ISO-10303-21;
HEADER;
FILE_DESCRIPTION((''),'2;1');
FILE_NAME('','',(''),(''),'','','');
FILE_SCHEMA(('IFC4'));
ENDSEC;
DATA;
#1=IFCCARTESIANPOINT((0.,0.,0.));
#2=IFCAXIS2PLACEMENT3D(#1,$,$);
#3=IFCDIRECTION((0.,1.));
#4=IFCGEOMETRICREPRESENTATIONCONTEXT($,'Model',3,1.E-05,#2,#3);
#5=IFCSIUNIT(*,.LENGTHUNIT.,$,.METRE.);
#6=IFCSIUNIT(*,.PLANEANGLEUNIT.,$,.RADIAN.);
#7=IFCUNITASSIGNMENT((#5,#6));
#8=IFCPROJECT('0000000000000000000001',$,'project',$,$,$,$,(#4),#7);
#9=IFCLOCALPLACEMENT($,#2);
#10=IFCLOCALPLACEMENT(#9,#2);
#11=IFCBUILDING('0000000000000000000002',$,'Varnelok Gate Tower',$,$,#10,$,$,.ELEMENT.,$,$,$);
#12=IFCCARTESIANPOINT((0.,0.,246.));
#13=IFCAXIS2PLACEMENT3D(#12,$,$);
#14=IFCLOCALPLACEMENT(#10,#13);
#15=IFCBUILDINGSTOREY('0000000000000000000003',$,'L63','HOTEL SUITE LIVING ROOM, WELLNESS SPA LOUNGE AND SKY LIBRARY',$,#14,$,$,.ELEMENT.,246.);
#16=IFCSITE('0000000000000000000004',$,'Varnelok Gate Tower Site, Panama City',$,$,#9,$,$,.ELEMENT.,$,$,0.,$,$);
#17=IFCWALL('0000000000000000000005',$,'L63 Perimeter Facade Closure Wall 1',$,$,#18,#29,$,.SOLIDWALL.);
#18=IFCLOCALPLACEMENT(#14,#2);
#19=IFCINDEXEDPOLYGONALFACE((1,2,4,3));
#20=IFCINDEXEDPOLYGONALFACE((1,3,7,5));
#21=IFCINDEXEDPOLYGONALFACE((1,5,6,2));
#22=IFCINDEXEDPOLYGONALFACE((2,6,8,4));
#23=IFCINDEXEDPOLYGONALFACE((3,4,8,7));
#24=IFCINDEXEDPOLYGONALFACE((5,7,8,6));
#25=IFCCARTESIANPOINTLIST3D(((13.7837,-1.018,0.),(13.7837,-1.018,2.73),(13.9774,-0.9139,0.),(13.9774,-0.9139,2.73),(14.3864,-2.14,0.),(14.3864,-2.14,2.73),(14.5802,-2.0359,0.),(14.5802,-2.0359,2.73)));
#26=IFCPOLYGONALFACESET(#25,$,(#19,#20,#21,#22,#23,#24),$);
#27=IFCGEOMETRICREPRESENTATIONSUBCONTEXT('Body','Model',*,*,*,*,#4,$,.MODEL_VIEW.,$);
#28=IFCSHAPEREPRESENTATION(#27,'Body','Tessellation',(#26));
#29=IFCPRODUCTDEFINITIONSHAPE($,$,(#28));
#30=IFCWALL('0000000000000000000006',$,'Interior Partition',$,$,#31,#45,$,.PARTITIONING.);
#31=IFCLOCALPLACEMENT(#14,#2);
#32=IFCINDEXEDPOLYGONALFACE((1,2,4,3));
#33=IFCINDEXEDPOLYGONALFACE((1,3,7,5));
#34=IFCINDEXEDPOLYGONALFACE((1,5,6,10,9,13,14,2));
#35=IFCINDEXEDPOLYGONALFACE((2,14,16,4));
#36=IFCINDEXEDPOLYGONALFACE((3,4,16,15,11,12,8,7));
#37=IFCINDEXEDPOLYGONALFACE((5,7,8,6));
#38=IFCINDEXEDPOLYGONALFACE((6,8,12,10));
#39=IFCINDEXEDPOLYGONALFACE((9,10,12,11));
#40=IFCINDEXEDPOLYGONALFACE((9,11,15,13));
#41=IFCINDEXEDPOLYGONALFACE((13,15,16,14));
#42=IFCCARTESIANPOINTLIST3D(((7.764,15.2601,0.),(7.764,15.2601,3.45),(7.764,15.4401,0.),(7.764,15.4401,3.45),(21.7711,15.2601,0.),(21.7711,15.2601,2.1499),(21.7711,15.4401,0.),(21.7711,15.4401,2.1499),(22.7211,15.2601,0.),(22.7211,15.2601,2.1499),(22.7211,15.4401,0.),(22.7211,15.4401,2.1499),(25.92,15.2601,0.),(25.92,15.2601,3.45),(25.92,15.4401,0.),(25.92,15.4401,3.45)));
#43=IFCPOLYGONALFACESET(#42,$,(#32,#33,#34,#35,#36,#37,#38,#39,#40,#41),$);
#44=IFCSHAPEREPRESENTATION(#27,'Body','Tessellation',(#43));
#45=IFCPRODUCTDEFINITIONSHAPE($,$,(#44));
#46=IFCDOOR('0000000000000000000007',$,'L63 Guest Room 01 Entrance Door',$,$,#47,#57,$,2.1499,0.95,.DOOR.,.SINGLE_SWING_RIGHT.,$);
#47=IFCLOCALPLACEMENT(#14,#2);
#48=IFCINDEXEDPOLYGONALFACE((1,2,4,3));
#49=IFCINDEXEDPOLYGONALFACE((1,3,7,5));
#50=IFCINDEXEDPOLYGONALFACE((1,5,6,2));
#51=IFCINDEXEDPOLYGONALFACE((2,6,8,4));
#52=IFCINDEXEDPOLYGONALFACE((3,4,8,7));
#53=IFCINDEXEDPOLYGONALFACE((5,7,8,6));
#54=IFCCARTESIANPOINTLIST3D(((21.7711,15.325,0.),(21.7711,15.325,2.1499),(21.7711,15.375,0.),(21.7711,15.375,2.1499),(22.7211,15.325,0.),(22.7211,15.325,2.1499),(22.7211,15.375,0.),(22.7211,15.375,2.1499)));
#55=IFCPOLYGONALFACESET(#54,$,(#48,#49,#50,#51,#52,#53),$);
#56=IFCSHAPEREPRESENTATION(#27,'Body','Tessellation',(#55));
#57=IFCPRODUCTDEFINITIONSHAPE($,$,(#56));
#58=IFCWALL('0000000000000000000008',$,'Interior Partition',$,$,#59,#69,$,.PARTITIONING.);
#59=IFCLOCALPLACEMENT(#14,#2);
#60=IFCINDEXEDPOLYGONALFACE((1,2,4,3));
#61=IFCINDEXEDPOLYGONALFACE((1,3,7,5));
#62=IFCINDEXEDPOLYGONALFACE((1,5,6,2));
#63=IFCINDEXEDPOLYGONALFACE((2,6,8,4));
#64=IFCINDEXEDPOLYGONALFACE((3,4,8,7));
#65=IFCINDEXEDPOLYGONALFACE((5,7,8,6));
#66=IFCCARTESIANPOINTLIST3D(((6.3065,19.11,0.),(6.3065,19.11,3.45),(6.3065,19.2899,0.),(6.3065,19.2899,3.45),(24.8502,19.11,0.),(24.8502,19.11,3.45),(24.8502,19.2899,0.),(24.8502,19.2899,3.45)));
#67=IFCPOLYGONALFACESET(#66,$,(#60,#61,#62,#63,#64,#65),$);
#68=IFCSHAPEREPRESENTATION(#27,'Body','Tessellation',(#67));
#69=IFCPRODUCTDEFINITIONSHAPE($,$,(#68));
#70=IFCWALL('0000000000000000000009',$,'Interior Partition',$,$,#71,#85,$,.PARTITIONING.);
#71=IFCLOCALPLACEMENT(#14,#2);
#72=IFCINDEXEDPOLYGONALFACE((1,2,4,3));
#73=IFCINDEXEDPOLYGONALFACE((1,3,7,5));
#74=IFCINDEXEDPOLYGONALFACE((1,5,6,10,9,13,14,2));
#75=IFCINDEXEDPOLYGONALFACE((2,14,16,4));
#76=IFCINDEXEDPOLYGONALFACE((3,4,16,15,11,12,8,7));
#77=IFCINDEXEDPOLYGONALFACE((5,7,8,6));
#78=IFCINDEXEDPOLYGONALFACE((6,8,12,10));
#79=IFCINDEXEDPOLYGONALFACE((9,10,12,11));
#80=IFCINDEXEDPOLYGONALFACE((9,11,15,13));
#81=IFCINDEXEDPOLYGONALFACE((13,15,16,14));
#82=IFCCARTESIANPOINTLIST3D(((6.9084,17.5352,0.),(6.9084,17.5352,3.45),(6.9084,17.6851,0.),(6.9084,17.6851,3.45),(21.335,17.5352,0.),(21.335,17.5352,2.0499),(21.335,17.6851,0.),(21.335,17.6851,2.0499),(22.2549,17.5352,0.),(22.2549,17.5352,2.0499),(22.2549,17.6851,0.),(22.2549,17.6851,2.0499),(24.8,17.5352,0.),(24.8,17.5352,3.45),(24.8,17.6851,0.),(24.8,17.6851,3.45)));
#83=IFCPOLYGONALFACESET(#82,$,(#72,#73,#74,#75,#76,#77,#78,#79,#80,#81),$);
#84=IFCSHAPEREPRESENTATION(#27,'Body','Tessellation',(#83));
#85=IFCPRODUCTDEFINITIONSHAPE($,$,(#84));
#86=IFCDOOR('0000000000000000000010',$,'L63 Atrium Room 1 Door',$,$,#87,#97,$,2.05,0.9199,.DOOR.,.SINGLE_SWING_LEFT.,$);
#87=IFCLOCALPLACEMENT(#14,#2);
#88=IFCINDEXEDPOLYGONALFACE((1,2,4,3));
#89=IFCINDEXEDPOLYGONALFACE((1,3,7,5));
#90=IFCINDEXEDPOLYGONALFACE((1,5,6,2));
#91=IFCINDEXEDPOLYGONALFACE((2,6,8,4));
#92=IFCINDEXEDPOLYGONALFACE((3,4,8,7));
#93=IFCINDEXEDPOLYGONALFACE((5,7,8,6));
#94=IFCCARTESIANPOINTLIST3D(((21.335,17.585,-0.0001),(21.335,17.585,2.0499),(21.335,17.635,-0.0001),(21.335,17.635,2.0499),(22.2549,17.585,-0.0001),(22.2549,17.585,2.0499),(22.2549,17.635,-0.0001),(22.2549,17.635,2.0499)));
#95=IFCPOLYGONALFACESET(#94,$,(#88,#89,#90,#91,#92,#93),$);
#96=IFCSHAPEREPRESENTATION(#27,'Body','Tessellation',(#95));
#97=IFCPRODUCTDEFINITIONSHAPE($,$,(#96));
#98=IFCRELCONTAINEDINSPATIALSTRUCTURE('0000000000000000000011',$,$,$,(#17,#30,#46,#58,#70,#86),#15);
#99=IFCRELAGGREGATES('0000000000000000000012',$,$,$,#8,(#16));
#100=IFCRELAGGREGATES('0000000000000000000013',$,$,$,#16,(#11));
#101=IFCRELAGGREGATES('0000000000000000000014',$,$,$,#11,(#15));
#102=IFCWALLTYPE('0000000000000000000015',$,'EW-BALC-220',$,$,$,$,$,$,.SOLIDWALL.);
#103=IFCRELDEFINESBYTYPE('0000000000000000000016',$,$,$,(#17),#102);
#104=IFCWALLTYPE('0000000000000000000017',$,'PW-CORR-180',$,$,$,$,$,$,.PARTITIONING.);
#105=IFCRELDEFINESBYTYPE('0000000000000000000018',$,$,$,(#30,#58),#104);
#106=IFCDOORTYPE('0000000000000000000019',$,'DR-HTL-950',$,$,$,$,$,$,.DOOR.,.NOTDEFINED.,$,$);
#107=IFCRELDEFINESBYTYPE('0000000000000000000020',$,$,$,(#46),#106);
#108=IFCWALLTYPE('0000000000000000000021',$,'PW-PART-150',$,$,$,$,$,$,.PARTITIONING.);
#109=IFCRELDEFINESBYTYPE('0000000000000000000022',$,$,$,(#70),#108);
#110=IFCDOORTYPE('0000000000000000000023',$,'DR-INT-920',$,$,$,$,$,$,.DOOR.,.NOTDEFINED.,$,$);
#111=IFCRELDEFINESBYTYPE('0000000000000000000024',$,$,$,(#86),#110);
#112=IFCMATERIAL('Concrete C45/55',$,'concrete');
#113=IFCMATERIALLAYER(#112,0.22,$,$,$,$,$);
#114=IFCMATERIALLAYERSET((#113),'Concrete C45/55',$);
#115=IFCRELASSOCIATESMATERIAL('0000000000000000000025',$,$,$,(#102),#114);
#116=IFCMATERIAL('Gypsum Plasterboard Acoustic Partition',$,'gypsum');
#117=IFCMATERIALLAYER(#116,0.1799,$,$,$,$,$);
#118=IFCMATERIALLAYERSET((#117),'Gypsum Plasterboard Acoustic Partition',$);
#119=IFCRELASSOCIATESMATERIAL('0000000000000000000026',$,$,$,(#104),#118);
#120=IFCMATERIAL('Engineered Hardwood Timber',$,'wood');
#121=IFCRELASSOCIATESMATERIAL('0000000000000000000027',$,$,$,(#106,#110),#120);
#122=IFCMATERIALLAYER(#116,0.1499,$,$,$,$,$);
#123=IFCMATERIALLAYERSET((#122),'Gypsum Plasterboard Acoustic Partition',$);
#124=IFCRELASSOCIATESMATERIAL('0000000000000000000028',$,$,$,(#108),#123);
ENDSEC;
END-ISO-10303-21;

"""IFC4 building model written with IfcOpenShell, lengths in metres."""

from ifc_helpers import new_model, si_unit, direction, frame, frame_2d, origin, place, context, subcontext, project, spatial, rectangle, extrude, material, layer, layer_set, type_object, element, fill, save


model = new_model("IFC4")

# Units and contexts
model_context = context("Model", 3, precision=1e-05, world=origin(), true_north=direction((0.0, 1.0)))
body_context = subcontext(model_context, "Body", "Model", "MODEL_VIEW")
ifc_project = project(units=[si_unit("LENGTHUNIT", "METRE"), si_unit("PLANEANGLEUNIT", "RADIAN")], contexts=[model_context])

# Site, building, storey
site_placement = place(None, origin())
site = spatial("IfcSite", under=ifc_project, at=site_placement, Name="Varnelok Gate Tower Site, Panama City", CompositionType="ELEMENT", RefElevation=0.0)
building_placement = place(site_placement, origin())
building = spatial("IfcBuilding", under=site, at=building_placement, Name="Varnelok Gate Tower", CompositionType="ELEMENT")
storey_placement = place(building_placement, frame((0.0, 0.0, 246.0)))
storey = spatial("IfcBuildingStorey", under=building, at=storey_placement, Name="L63", Description="HOTEL SUITE LIVING ROOM, WELLNESS SPA LOUNGE AND SKY LIBRARY", CompositionType="ELEMENT", Elevation=246.0)

# Shared definitions
ifc_material_1 = material(Name="Concrete C45/55", Category="concrete")

# Wall
ifc_layer_1 = layer(ifc_material_1, 0.22)
ifc_layer_set_1 = layer_set([ifc_layer_1], Name="Concrete C45/55")
wall_type_1 = type_object("IfcWallType", Name="EW-BALC-220", PredefinedType="SOLIDWALL", material=ifc_layer_set_1)
wall_1_placement = place(storey_placement, frame((13.8806, -0.9661, 0.0), z_axis=(0.0, 0.0, 1.0), x_axis=(0.473242, -0.880932, 0.0)))
element("IfcWall", 1, at=wall_1_placement, inside=storey, type_object=wall_type_1, Name="L63 Perimeter Facade Closure Wall 1", PredefinedType="SOLIDWALL", context=body_context, shape_type="SweptSolid", body=[
    extrude(rectangle(XDim=1.2737, YDim=0.22, at=frame_2d((0.6367, 0.0))), origin(), (0.0, 0.0, 1.0), 2.73),
])

# Wall, opening, door
ifc_material_2 = material(Name="Gypsum Plasterboard Acoustic Partition", Category="gypsum")
ifc_layer_2 = layer(ifc_material_2, 0.1799)
ifc_layer_set_2 = layer_set([ifc_layer_2], Name="Gypsum Plasterboard Acoustic Partition")
wall_type_2 = type_object("IfcWallType", Name="PW-CORR-180", PredefinedType="PARTITIONING", material=ifc_layer_set_2)
wall_2_placement = place(storey_placement, frame((7.7639, 15.3501, 0.0), z_axis=(0.0, 0.0, 1.0), x_axis=(1.0, 0.0, 0.0)))
wall_2 = element("IfcWall", 2, at=wall_2_placement, inside=storey, type_object=wall_type_2, Name="Interior Partition", PredefinedType="PARTITIONING", context=body_context, shape_type="SweptSolid", body=[
    extrude(rectangle(XDim=18.156, YDim=0.1799, at=frame_2d((9.0781, 0.0))), origin(), (0.0, 0.0, 1.0), 3.45),
])
opening_1_placement = place(wall_2_placement, frame((14.0071, 0.0, 0.0)))
opening_1 = element("IfcOpeningElement", 3, at=opening_1_placement, cuts=wall_2, PredefinedType="OPENING", context=body_context, shape_type="SweptSolid", body=[
    extrude(rectangle(XDim=0.95, YDim=2.1499, at=frame_2d((0.4751, 1.075))), frame((0.0, 0.0999, 0.0), z_axis=(0.0, -1.0, 0.0), x_axis=(1.0, 0.0, 0.0)), (0.0, 0.0, 1.0), 0.2),
])
ifc_material_3 = material(Name="Engineered Hardwood Timber", Category="wood")
door_type_1 = type_object("IfcDoorType", Name="DR-HTL-950", OperationType="NOTDEFINED", PredefinedType="DOOR", material=ifc_material_3)
door_1_placement = place(opening_1_placement, origin())
door_1 = element("IfcDoor", 4, at=door_1_placement, inside=storey, type_object=door_type_1, Name="L63 Guest Room 01 Entrance Door", OperationType="SINGLE_SWING_RIGHT", OverallHeight=2.1499, OverallWidth=0.95, PredefinedType="DOOR", context=body_context, shape_type="SweptSolid", body=[
    extrude(rectangle(XDim=0.95, YDim=2.1499, at=frame_2d((0.4751, 1.075))), frame((0.0, 0.0249, 0.0), z_axis=(0.0, -1.0, 0.0), x_axis=(1.0, 0.0, 0.0)), (0.0, 0.0, 1.0), 0.05),
])
fill(opening_1, door_1)

# Wall
wall_3_placement = place(storey_placement, frame((6.3064, 19.2, 0.0), z_axis=(0.0, 0.0, 1.0), x_axis=(1.0, 0.0, 0.0)))
element("IfcWall", 5, at=wall_3_placement, inside=storey, type_object=wall_type_2, Name="Interior Partition", PredefinedType="PARTITIONING", context=body_context, shape_type="SweptSolid", body=[
    extrude(rectangle(XDim=18.5437, YDim=0.1799, at=frame_2d((9.272, 0.0))), origin(), (0.0, 0.0, 1.0), 3.45),
])

# Wall, opening, door
ifc_layer_3 = layer(ifc_material_2, 0.1499)
ifc_layer_set_3 = layer_set([ifc_layer_3], Name="Gypsum Plasterboard Acoustic Partition")
wall_type_3 = type_object("IfcWallType", Name="PW-PART-150", PredefinedType="PARTITIONING", material=ifc_layer_set_3)
wall_4_placement = place(storey_placement, frame((6.9084, 17.6101, 0.0), z_axis=(0.0, 0.0, 1.0), x_axis=(1.0, 0.0, 0.0)))
wall_4 = element("IfcWall", 6, at=wall_4_placement, inside=storey, type_object=wall_type_3, Name="Interior Partition", PredefinedType="PARTITIONING", context=body_context, shape_type="SweptSolid", body=[
    extrude(rectangle(XDim=17.8916, YDim=0.1499, at=frame_2d((8.9458, 0.0))), origin(), (0.0, 0.0, 1.0), 3.45),
])
opening_2_placement = place(wall_4_placement, frame((14.4265, 0.0, 0.0)))
opening_2 = element("IfcOpeningElement", 7, at=opening_2_placement, cuts=wall_4, PredefinedType="OPENING", context=body_context, shape_type="SweptSolid", body=[
    extrude(rectangle(XDim=0.9199, YDim=2.05, at=frame_2d((0.46, 1.0249))), frame((0.0, 0.085, 0.0), z_axis=(0.0, -1.0, 0.0), x_axis=(1.0, 0.0, 0.0)), (0.0, 0.0, 1.0), 0.1699),
])
door_type_2 = type_object("IfcDoorType", Name="DR-INT-920", OperationType="NOTDEFINED", PredefinedType="DOOR", material=ifc_material_3)
door_2_placement = place(opening_2_placement, origin())
door_2 = element("IfcDoor", 8, at=door_2_placement, inside=storey, type_object=door_type_2, Name="L63 Atrium Room 1 Door", OperationType="SINGLE_SWING_LEFT", OverallHeight=2.05, OverallWidth=0.9199, PredefinedType="DOOR", context=body_context, shape_type="SweptSolid", body=[
    extrude(rectangle(XDim=0.9199, YDim=2.05, at=frame_2d((0.46, 1.0249))), frame((0.0, 0.0249, 0.0), z_axis=(0.0, -1.0, 0.0), x_axis=(1.0, 0.0, 0.0)), (0.0, 0.0, 1.0), 0.05),
])
fill(opening_2, door_2)

save(model, "model.ifc")
